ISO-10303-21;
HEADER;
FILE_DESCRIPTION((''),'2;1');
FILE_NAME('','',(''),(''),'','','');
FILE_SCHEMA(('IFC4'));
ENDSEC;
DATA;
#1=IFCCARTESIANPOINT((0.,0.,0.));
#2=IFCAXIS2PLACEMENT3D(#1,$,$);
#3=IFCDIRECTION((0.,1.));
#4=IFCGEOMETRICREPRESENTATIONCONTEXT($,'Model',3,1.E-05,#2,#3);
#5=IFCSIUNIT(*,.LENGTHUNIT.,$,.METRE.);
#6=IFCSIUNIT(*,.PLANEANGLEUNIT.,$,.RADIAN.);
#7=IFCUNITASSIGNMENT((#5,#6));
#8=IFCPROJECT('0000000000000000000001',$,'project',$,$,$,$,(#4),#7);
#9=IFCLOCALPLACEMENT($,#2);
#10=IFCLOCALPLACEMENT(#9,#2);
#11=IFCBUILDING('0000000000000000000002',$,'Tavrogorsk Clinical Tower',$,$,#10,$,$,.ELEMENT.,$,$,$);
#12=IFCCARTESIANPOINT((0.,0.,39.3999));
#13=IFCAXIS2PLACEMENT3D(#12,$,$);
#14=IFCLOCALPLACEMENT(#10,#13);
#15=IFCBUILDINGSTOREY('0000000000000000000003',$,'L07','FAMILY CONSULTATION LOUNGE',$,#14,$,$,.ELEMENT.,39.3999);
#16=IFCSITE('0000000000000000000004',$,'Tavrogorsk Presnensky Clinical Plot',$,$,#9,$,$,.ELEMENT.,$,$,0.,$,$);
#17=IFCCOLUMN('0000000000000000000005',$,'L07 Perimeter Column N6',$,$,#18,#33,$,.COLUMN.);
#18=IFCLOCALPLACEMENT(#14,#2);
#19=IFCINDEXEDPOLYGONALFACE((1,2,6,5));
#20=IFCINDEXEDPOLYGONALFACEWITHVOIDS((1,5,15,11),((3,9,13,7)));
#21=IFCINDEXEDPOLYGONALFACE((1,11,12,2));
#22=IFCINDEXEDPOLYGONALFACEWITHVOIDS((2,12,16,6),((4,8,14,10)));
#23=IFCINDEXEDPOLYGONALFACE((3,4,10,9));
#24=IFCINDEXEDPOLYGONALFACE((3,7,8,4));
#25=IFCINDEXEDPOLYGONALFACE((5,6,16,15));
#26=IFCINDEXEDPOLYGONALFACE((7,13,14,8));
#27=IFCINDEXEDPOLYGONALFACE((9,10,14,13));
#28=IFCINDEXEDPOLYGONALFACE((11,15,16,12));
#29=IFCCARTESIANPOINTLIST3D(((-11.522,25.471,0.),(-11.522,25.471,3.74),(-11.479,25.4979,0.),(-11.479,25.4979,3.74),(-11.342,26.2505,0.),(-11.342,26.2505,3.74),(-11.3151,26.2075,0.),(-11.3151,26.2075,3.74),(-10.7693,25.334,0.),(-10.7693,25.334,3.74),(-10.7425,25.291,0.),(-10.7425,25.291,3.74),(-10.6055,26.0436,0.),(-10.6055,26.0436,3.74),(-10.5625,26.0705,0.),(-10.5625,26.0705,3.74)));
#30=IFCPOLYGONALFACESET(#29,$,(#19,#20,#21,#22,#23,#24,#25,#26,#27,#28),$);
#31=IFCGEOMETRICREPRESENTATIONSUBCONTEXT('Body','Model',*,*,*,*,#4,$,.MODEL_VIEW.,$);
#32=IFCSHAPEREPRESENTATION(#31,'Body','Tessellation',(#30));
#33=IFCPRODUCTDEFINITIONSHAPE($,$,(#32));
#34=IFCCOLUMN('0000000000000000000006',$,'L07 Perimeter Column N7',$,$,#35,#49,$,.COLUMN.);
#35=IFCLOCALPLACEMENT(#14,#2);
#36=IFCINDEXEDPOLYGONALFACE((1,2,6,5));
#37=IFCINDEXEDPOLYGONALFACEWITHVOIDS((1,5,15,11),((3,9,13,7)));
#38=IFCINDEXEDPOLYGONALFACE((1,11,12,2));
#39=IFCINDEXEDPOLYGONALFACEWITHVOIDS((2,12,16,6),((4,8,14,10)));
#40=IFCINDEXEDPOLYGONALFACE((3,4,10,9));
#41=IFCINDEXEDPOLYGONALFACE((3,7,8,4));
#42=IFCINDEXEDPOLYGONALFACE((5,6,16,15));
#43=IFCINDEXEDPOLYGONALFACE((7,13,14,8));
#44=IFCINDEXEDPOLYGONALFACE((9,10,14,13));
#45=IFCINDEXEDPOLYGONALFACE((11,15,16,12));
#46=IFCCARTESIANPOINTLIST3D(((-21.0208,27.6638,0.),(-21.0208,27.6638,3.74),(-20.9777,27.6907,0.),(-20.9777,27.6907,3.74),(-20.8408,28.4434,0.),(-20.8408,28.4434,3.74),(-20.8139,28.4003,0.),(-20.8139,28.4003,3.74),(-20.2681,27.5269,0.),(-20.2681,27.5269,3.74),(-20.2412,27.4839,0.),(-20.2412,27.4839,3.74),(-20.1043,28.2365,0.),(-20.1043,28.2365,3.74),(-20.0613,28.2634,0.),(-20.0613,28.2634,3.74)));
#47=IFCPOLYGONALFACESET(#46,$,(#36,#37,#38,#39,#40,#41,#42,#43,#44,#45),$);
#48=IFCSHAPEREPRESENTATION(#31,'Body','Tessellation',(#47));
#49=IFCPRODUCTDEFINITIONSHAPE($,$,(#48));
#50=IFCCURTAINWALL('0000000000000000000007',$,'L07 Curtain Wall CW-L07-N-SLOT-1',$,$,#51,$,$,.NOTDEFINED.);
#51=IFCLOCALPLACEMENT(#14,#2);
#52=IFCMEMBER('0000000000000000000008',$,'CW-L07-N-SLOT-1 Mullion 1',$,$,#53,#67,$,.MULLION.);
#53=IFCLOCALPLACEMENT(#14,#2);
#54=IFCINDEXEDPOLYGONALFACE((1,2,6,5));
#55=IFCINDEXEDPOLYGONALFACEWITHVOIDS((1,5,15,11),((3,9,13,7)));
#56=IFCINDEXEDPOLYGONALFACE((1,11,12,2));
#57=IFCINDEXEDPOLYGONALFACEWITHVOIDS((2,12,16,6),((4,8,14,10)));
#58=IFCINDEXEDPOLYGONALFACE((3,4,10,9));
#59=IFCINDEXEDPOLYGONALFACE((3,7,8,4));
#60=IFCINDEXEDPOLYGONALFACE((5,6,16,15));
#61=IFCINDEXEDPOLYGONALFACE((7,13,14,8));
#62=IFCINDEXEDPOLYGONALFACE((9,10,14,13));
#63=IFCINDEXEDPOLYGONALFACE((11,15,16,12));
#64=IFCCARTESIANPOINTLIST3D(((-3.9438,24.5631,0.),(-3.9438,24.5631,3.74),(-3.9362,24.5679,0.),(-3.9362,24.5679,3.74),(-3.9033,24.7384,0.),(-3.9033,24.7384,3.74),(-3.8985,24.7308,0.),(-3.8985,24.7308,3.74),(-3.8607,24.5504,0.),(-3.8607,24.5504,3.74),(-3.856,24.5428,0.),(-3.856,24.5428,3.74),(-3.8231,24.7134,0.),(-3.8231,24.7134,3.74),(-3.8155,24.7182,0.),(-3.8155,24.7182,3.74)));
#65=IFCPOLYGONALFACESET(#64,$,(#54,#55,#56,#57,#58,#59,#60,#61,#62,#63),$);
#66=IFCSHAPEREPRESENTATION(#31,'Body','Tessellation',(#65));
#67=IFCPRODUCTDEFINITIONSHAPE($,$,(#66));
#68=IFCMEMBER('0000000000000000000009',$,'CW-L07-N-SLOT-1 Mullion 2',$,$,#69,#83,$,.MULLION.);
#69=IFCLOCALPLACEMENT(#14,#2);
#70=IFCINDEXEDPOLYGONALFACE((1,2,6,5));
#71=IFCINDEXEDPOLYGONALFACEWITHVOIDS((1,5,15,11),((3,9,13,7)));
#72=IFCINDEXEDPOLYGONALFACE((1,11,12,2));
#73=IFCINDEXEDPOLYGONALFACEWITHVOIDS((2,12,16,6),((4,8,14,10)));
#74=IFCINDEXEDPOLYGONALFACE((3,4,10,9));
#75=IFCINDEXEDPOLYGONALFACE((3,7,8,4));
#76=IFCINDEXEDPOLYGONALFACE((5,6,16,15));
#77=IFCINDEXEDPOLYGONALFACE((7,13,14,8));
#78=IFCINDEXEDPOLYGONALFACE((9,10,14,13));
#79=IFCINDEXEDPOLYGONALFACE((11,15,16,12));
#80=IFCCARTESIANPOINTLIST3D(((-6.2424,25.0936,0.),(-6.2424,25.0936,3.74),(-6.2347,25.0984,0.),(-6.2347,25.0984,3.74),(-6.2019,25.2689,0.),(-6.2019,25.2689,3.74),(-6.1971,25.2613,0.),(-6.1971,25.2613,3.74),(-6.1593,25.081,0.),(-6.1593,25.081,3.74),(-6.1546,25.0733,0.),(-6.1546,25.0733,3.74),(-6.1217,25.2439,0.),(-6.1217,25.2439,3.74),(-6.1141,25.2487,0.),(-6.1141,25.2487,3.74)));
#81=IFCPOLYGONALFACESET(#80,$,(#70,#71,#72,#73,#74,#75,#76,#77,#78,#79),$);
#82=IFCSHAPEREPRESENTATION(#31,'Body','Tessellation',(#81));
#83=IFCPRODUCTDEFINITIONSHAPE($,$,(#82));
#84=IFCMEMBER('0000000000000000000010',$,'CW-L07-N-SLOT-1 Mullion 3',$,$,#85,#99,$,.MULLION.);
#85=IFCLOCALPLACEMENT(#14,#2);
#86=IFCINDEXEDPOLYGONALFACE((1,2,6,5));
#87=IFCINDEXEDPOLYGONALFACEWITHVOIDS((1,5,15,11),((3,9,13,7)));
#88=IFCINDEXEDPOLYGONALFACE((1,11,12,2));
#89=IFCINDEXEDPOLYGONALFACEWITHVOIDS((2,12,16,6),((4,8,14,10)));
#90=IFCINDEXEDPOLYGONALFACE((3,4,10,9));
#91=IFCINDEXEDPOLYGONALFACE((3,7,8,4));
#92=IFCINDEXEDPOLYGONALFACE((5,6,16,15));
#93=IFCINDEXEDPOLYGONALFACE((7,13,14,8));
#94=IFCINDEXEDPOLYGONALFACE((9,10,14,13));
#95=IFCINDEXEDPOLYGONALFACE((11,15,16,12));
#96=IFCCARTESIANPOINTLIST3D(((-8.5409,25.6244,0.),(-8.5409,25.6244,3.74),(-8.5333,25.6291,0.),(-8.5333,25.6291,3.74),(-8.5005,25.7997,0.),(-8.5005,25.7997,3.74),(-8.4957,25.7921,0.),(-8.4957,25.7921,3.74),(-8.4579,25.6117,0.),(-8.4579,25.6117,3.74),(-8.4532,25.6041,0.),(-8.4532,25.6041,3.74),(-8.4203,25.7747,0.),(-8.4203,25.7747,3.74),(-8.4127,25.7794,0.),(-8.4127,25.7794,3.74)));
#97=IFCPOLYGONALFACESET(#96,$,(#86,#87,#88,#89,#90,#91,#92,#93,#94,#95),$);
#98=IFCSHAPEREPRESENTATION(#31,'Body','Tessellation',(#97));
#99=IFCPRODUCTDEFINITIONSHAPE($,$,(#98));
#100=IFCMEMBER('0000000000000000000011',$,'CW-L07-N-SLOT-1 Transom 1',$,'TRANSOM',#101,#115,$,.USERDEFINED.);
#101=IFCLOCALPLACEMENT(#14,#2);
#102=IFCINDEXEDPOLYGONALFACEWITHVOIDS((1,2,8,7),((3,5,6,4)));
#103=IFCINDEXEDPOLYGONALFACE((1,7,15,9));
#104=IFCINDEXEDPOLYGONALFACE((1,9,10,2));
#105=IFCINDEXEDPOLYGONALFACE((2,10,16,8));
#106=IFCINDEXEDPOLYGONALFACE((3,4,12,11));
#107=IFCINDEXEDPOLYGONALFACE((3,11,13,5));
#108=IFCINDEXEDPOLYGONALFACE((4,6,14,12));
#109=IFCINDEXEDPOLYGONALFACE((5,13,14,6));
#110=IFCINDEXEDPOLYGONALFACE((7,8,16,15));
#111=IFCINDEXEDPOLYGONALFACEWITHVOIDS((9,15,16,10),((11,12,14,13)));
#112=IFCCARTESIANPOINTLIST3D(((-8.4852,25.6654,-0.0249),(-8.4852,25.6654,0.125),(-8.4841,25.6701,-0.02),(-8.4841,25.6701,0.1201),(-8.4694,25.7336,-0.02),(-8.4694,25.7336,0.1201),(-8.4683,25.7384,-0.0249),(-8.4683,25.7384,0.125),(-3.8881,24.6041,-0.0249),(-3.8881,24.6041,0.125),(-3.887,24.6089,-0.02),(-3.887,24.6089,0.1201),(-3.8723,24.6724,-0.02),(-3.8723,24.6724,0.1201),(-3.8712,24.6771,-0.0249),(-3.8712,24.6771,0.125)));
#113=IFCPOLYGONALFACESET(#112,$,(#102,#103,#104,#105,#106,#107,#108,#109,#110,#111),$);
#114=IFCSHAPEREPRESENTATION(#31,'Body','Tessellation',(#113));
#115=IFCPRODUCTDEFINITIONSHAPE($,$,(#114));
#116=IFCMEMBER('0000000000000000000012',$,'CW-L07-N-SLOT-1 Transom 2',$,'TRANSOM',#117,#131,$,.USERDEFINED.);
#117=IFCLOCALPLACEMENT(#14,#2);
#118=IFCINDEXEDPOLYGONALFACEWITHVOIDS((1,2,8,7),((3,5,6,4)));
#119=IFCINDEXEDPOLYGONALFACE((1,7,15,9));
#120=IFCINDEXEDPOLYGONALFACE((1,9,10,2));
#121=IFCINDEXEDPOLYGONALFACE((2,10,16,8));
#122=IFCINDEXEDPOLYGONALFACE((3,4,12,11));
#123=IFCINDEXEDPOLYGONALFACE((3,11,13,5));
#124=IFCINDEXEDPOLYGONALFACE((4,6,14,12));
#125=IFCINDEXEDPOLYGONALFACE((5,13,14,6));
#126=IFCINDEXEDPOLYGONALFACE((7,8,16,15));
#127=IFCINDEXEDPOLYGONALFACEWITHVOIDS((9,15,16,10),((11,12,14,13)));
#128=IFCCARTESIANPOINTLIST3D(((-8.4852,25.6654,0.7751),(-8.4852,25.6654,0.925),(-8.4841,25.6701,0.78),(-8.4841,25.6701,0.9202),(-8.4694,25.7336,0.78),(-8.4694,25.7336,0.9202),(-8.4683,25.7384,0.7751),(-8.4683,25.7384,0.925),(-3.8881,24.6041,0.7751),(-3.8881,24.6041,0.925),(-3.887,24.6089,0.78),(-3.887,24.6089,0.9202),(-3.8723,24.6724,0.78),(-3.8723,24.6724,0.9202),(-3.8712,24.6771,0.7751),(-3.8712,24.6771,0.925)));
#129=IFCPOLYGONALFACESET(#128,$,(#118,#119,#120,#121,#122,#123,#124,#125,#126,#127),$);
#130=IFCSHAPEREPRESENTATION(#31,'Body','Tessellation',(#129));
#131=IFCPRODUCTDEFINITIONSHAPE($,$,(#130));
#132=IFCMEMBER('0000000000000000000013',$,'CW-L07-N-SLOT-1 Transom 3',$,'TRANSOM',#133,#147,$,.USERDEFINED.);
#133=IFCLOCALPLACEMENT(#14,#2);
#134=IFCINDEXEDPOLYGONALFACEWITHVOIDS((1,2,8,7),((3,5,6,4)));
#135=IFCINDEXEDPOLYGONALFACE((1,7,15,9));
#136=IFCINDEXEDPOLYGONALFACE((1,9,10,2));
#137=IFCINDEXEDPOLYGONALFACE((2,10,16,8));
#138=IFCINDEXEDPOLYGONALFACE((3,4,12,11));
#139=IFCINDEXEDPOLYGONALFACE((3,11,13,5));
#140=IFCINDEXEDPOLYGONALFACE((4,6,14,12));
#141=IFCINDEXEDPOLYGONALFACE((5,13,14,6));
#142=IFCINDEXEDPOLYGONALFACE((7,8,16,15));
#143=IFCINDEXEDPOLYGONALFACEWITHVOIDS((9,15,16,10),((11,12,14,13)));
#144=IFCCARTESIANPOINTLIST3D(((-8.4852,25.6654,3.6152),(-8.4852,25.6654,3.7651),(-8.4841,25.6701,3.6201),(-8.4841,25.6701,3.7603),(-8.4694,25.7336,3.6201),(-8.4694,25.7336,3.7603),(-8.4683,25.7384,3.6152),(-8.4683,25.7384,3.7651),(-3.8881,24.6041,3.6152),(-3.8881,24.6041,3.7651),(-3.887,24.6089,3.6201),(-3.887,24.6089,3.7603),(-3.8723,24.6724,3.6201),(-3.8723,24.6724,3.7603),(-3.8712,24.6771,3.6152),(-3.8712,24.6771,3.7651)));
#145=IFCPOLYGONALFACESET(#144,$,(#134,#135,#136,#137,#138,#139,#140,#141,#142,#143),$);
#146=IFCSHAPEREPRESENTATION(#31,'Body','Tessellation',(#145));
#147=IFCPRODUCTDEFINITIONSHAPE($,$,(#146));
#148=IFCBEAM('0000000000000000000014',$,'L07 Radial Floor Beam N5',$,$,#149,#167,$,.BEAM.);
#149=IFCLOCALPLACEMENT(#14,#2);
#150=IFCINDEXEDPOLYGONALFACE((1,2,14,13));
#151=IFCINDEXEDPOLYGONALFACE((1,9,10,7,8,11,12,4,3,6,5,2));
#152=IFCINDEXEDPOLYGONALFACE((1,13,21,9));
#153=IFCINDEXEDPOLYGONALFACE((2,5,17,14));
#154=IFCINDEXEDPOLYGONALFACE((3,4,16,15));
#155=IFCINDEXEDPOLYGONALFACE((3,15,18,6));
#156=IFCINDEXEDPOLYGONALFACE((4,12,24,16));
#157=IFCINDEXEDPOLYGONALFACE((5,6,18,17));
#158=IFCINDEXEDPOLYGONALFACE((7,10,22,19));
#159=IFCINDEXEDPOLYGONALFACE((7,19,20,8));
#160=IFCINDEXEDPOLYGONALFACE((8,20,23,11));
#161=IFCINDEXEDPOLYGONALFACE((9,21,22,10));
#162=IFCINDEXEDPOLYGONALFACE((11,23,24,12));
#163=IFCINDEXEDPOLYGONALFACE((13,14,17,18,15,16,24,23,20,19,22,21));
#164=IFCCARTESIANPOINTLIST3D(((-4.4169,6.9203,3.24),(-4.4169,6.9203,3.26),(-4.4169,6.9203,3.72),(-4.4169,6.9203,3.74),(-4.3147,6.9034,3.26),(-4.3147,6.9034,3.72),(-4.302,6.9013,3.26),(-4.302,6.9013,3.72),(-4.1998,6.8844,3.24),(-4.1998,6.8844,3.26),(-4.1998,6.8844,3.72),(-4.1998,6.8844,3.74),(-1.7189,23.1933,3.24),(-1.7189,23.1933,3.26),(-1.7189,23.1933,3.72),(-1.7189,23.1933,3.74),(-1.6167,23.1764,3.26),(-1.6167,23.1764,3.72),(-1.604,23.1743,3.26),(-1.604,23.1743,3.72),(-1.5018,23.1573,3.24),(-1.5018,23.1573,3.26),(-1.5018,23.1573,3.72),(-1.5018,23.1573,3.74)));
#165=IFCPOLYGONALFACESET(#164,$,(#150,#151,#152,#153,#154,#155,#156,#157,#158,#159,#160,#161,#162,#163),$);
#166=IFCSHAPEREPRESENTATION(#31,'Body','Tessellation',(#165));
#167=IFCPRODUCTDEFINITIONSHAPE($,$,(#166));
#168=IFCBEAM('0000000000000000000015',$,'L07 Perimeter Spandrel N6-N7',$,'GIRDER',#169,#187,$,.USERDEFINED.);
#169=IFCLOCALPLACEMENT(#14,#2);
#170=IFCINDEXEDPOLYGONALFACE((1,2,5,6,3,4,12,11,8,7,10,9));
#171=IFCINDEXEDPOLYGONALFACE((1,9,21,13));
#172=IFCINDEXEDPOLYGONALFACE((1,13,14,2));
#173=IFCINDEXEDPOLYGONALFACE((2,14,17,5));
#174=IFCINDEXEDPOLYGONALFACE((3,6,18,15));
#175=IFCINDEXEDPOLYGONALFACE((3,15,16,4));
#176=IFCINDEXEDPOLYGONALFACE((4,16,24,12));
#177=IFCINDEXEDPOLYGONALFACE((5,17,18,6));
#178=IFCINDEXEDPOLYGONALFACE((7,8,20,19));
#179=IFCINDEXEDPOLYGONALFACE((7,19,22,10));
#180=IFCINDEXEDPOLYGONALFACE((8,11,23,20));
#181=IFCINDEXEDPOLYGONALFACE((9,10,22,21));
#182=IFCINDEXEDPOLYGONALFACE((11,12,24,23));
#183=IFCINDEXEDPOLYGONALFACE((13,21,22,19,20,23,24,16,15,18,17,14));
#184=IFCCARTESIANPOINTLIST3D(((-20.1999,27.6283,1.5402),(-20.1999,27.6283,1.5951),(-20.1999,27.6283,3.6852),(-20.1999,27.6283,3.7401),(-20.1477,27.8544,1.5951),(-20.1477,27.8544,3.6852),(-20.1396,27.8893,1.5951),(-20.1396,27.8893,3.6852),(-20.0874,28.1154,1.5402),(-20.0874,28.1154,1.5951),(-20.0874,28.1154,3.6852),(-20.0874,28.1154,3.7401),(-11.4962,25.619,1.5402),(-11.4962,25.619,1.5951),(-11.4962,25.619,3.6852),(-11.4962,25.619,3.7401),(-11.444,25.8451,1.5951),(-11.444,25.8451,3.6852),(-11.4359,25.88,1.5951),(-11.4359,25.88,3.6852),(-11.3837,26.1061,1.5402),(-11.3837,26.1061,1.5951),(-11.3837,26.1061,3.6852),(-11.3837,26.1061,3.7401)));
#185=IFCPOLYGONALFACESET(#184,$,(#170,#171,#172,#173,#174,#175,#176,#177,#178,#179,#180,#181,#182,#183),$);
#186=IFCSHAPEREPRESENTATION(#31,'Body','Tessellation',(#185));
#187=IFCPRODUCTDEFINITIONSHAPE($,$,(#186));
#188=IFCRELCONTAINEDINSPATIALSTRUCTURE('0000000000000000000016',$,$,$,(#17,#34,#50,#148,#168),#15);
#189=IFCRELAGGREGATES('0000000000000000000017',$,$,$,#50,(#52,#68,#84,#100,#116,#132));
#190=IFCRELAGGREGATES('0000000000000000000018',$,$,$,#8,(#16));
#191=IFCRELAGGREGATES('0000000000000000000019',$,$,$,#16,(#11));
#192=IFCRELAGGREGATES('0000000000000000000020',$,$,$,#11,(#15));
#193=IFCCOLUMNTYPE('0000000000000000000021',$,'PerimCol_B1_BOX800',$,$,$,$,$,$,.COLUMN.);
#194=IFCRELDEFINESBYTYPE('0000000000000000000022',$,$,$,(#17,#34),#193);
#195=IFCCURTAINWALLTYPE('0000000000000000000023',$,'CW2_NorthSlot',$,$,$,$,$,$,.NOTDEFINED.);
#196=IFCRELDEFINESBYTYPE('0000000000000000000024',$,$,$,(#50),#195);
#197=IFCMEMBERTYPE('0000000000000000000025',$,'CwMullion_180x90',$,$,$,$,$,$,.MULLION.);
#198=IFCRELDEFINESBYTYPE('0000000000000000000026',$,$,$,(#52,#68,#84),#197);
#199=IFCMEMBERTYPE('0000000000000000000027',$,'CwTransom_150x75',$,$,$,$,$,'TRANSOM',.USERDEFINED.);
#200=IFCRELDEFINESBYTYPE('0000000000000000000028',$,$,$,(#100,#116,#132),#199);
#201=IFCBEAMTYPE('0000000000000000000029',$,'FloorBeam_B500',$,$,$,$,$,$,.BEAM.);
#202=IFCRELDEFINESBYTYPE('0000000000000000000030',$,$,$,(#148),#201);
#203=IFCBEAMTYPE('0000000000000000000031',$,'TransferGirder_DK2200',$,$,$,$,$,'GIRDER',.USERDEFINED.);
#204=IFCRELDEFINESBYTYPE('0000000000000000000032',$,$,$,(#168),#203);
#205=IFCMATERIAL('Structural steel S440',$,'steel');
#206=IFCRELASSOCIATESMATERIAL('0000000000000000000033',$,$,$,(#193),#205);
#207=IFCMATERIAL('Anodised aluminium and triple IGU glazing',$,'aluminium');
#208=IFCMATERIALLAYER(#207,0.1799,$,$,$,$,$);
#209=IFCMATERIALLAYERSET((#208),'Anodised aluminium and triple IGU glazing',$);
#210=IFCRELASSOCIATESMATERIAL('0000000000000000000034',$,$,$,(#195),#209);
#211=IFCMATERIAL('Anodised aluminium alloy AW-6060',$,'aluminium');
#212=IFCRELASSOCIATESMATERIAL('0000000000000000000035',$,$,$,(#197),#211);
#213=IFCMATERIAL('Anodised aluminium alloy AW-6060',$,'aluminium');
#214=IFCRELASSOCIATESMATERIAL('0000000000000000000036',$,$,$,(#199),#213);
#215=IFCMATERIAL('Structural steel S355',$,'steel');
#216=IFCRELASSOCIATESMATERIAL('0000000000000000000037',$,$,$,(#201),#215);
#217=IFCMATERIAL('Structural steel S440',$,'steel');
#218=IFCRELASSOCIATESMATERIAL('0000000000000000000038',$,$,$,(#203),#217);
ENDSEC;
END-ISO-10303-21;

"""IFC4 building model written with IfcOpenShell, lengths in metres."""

from ifc_helpers import new_model, si_unit, direction, frame, origin, origin_2d, place, context, subcontext, project, spatial, hollow_rectangle, i_section, extrude, material, layer, layer_set, material_profile, profile_set, type_object, element, aggregate, save


model = new_model("IFC4")

# Units and contexts
model_context = context("Model", 3, precision=1e-05, world=origin(), true_north=direction((0.0, 1.0)))
body_context = subcontext(model_context, "Body", "Model", "MODEL_VIEW")
ifc_project = project(units=[si_unit("LENGTHUNIT", "METRE"), si_unit("PLANEANGLEUNIT", "RADIAN")], contexts=[model_context])

# Site, building, storey
site_placement = place(None, origin())
site = spatial("IfcSite", under=ifc_project, at=site_placement, Name="Tavrogorsk Presnensky Clinical Plot", CompositionType="ELEMENT", RefElevation=0.0)
building_placement = place(site_placement, origin())
building = spatial("IfcBuilding", under=site, at=building_placement, Name="Tavrogorsk Clinical Tower", CompositionType="ELEMENT")
storey_placement = place(building_placement, frame((0.0, 0.0, 39.3999)))
storey = spatial("IfcBuildingStorey", under=building, at=storey_placement, Name="L07", Description="FAMILY CONSULTATION LOUNGE", CompositionType="ELEMENT", Elevation=39.3999)

# Columns
ifc_material_1 = material(Name="Structural steel S440", Category="steel")
ifc_material_profile_1 = material_profile(ifc_material_1, hollow_rectangle(XDim=0.8, YDim=0.8, WallThickness=0.0359, at=origin_2d()), Name="BOX-800x800x36")
ifc_profile_set_1 = profile_set([ifc_material_profile_1], Name="Structural steel S440")
column_type = type_object("IfcColumnType", Name="PerimCol_B1_BOX800", PredefinedType="COLUMN", material=ifc_profile_set_1)
for number, where, z_axis, x_axis, name in (
    (1, (-11.0422, 25.7708, 0.0), (0.0, 0.0, 1.0), (0.97437, -0.224951, 0.0), "L07 Perimeter Column N6"),
    (2, (-20.541, 27.9636, 0.0), (0.0, 0.0, 1.0), (0.97437, -0.224951, 0.0), "L07 Perimeter Column N7"),
):
    element("IfcColumn", number, at=place(storey_placement, frame(where, z_axis=z_axis, x_axis=x_axis)), inside=storey, type_object=column_type, Name=name, PredefinedType="COLUMN", context=body_context, shape_type="SweptSolid", body=[
        extrude(hollow_rectangle(XDim=0.8, YDim=0.8, WallThickness=0.0359, at=origin_2d()), origin(), (0.0, 0.0, 1.0), 3.74),
    ])

# Curtain wall, members
ifc_material_2 = material(Name="Anodised aluminium and triple IGU glazing", Category="aluminium")
ifc_layer_1 = layer(ifc_material_2, 0.1799)
ifc_layer_set_1 = layer_set([ifc_layer_1], Name="Anodised aluminium and triple IGU glazing")
curtain_wall_type = type_object("IfcCurtainWallType", Name="CW2_NorthSlot", PredefinedType="NOTDEFINED", material=ifc_layer_set_1)
curtain_wall_placement = place(storey_placement, origin())
curtain_wall = element("IfcCurtainWall", 3, at=curtain_wall_placement, inside=storey, type_object=curtain_wall_type, Name="L07 Curtain Wall CW-L07-N-SLOT-1", PredefinedType="NOTDEFINED")
ifc_material_3 = material(Name="Anodised aluminium alloy AW-6060", Category="aluminium")
ifc_material_profile_2 = material_profile(ifc_material_3, hollow_rectangle(XDim=0.0901, YDim=0.1799, WallThickness=0.0063, at=origin_2d()), Name="RHS-180x90x6.3")
ifc_profile_set_2 = profile_set([ifc_material_profile_2], Name="Anodised aluminium alloy AW-6060")
member_type_1 = type_object("IfcMemberType", Name="CwMullion_180x90", PredefinedType="MULLION", material=ifc_profile_set_2)
member_1_placement = place(storey_placement, frame((-3.8796, 24.6406, 0.0), z_axis=(0.0, 0.0, 1.0), x_axis=(-0.97437, 0.224951, 0.0)))
member_1 = element("IfcMember", 4, at=member_1_placement, type_object=member_type_1, Name="CW-L07-N-SLOT-1 Mullion 1", PredefinedType="MULLION", context=body_context, shape_type="SweptSolid", body=[
    extrude(hollow_rectangle(XDim=0.0901, YDim=0.1799, WallThickness=0.0063, at=origin_2d()), origin(), (0.0, 0.0, 1.0), 3.74),
])
member_2_placement = place(storey_placement, frame((-6.1782, 25.1711, 0.0), z_axis=(0.0, 0.0, 1.0), x_axis=(-0.97437, 0.224951, 0.0)))
member_2 = element("IfcMember", 5, at=member_2_placement, type_object=member_type_1, Name="CW-L07-N-SLOT-1 Mullion 2", PredefinedType="MULLION", context=body_context, shape_type="SweptSolid", body=[
    extrude(hollow_rectangle(XDim=0.0901, YDim=0.1799, WallThickness=0.0063, at=origin_2d()), origin(), (0.0, 0.0, 1.0), 3.74),
])
member_3_placement = place(storey_placement, frame((-8.4768, 25.7019, 0.0), z_axis=(0.0, 0.0, 1.0), x_axis=(-0.97437, 0.224951, 0.0)))
member_3 = element("IfcMember", 6, at=member_3_placement, type_object=member_type_1, Name="CW-L07-N-SLOT-1 Mullion 3", PredefinedType="MULLION", context=body_context, shape_type="SweptSolid", body=[
    extrude(hollow_rectangle(XDim=0.0901, YDim=0.1799, WallThickness=0.0063, at=origin_2d()), origin(), (0.0, 0.0, 1.0), 3.74),
])
ifc_material_4 = material(Name="Anodised aluminium alloy AW-6060", Category="aluminium")
ifc_material_profile_3 = material_profile(ifc_material_4, hollow_rectangle(XDim=0.075, YDim=0.1499, WallThickness=0.0049, at=origin_2d()), Name="RHS-150x75x5")
ifc_profile_set_3 = profile_set([ifc_material_profile_3], Name="Anodised aluminium alloy AW-6060")
member_type_2 = type_object("IfcMemberType", Name="CwTransom_150x75", ElementType="TRANSOM", PredefinedType="USERDEFINED", material=ifc_profile_set_3)
member_4_placement = place(storey_placement, frame((-3.8796, 24.6406, 0.05), z_axis=(-0.974373, 0.224939, 0.0), x_axis=(-0.224939, -0.974373, 0.0)))
member_4 = element("IfcMember", 7, at=member_4_placement, type_object=member_type_2, Name="CW-L07-N-SLOT-1 Transom 1", ObjectType="TRANSOM", PredefinedType="USERDEFINED", context=body_context, shape_type="SweptSolid", body=[
    extrude(hollow_rectangle(XDim=0.075, YDim=0.1499, WallThickness=0.0049, at=origin_2d()), origin(), (0.0, 0.0, 1.0), 4.718),
])
member_5_placement = place(storey_placement, frame((-3.8796, 24.6406, 0.8501), z_axis=(-0.974373, 0.224939, 0.0), x_axis=(-0.224939, -0.974373, 0.0)))
member_5 = element("IfcMember", 8, at=member_5_placement, type_object=member_type_2, Name="CW-L07-N-SLOT-1 Transom 2", ObjectType="TRANSOM", PredefinedType="USERDEFINED", context=body_context, shape_type="SweptSolid", body=[
    extrude(hollow_rectangle(XDim=0.075, YDim=0.1499, WallThickness=0.0049, at=origin_2d()), origin(), (0.0, 0.0, 1.0), 4.718),
])
member_6_placement = place(storey_placement, frame((-3.8796, 24.6406, 3.6902), z_axis=(-0.974373, 0.224939, 0.0), x_axis=(-0.224939, -0.974373, 0.0)))
member_6 = element("IfcMember", 9, at=member_6_placement, type_object=member_type_2, Name="CW-L07-N-SLOT-1 Transom 3", ObjectType="TRANSOM", PredefinedType="USERDEFINED", context=body_context, shape_type="SweptSolid", body=[
    extrude(hollow_rectangle(XDim=0.075, YDim=0.1499, WallThickness=0.0049, at=origin_2d()), origin(), (0.0, 0.0, 1.0), 4.718),
])

# Beams
ifc_material_5 = material(Name="Structural steel S355", Category="steel")
ifc_material_profile_4 = material_profile(ifc_material_5, i_section(OverallWidth=0.22, OverallDepth=0.5, WebThickness=0.0129, FlangeThickness=0.02, at=origin_2d()), Name="B-500x220x13x20")
ifc_profile_set_4 = profile_set([ifc_material_profile_4], Name="Structural steel S355")
beam_type_1 = type_object("IfcBeamType", Name="FloorBeam_B500", PredefinedType="BEAM", material=ifc_profile_set_4)
beam_1_placement = place(storey_placement, frame((-4.3083, 6.9023, 3.49), z_axis=(0.163564, 0.986533, 0.0), x_axis=(-0.986533, 0.163564, 0.0)))
element("IfcBeam", 10, at=beam_1_placement, inside=storey, type_object=beam_type_1, Name="L07 Radial Floor Beam N5", PredefinedType="BEAM", context=body_context, shape_type="SweptSolid", body=[
    extrude(i_section(OverallWidth=0.22, OverallDepth=0.5, WebThickness=0.0129, FlangeThickness=0.02, at=origin_2d()), origin(), (0.0, 0.0, 1.0), 16.4951),
])
ifc_material_6 = material(Name="Structural steel S440", Category="steel")
ifc_material_profile_5 = material_profile(ifc_material_6, i_section(OverallWidth=0.5, OverallDepth=2.2, WebThickness=0.0359, FlangeThickness=0.0549, at=origin_2d()), Name="DK-2200x500x36x55")
ifc_profile_set_5 = profile_set([ifc_material_profile_5], Name="Structural steel S440")
beam_type_2 = type_object("IfcBeamType", Name="TransferGirder_DK2200", ElementType="GIRDER", PredefinedType="USERDEFINED", material=ifc_profile_set_5)
beam_2_placement = place(storey_placement, frame((-11.4399, 25.8625, 2.6401), z_axis=(-0.974373, 0.224939, 0.0), x_axis=(-0.224939, -0.974373, 0.0)))
element("IfcBeam", 11, at=beam_2_placement, inside=storey, type_object=beam_type_2, Name="L07 Perimeter Spandrel N6-N7", ObjectType="GIRDER", PredefinedType="USERDEFINED", context=body_context, shape_type="SweptSolid", body=[
    extrude(i_section(OverallWidth=0.5, OverallDepth=2.2, WebThickness=0.0359, FlangeThickness=0.0549, at=origin_2d()), origin(), (0.0, 0.0, 1.0), 8.9326),
])

aggregate(curtain_wall, [member_1, member_2, member_3, member_4, member_5, member_6])

save(model, "model.ifc")
